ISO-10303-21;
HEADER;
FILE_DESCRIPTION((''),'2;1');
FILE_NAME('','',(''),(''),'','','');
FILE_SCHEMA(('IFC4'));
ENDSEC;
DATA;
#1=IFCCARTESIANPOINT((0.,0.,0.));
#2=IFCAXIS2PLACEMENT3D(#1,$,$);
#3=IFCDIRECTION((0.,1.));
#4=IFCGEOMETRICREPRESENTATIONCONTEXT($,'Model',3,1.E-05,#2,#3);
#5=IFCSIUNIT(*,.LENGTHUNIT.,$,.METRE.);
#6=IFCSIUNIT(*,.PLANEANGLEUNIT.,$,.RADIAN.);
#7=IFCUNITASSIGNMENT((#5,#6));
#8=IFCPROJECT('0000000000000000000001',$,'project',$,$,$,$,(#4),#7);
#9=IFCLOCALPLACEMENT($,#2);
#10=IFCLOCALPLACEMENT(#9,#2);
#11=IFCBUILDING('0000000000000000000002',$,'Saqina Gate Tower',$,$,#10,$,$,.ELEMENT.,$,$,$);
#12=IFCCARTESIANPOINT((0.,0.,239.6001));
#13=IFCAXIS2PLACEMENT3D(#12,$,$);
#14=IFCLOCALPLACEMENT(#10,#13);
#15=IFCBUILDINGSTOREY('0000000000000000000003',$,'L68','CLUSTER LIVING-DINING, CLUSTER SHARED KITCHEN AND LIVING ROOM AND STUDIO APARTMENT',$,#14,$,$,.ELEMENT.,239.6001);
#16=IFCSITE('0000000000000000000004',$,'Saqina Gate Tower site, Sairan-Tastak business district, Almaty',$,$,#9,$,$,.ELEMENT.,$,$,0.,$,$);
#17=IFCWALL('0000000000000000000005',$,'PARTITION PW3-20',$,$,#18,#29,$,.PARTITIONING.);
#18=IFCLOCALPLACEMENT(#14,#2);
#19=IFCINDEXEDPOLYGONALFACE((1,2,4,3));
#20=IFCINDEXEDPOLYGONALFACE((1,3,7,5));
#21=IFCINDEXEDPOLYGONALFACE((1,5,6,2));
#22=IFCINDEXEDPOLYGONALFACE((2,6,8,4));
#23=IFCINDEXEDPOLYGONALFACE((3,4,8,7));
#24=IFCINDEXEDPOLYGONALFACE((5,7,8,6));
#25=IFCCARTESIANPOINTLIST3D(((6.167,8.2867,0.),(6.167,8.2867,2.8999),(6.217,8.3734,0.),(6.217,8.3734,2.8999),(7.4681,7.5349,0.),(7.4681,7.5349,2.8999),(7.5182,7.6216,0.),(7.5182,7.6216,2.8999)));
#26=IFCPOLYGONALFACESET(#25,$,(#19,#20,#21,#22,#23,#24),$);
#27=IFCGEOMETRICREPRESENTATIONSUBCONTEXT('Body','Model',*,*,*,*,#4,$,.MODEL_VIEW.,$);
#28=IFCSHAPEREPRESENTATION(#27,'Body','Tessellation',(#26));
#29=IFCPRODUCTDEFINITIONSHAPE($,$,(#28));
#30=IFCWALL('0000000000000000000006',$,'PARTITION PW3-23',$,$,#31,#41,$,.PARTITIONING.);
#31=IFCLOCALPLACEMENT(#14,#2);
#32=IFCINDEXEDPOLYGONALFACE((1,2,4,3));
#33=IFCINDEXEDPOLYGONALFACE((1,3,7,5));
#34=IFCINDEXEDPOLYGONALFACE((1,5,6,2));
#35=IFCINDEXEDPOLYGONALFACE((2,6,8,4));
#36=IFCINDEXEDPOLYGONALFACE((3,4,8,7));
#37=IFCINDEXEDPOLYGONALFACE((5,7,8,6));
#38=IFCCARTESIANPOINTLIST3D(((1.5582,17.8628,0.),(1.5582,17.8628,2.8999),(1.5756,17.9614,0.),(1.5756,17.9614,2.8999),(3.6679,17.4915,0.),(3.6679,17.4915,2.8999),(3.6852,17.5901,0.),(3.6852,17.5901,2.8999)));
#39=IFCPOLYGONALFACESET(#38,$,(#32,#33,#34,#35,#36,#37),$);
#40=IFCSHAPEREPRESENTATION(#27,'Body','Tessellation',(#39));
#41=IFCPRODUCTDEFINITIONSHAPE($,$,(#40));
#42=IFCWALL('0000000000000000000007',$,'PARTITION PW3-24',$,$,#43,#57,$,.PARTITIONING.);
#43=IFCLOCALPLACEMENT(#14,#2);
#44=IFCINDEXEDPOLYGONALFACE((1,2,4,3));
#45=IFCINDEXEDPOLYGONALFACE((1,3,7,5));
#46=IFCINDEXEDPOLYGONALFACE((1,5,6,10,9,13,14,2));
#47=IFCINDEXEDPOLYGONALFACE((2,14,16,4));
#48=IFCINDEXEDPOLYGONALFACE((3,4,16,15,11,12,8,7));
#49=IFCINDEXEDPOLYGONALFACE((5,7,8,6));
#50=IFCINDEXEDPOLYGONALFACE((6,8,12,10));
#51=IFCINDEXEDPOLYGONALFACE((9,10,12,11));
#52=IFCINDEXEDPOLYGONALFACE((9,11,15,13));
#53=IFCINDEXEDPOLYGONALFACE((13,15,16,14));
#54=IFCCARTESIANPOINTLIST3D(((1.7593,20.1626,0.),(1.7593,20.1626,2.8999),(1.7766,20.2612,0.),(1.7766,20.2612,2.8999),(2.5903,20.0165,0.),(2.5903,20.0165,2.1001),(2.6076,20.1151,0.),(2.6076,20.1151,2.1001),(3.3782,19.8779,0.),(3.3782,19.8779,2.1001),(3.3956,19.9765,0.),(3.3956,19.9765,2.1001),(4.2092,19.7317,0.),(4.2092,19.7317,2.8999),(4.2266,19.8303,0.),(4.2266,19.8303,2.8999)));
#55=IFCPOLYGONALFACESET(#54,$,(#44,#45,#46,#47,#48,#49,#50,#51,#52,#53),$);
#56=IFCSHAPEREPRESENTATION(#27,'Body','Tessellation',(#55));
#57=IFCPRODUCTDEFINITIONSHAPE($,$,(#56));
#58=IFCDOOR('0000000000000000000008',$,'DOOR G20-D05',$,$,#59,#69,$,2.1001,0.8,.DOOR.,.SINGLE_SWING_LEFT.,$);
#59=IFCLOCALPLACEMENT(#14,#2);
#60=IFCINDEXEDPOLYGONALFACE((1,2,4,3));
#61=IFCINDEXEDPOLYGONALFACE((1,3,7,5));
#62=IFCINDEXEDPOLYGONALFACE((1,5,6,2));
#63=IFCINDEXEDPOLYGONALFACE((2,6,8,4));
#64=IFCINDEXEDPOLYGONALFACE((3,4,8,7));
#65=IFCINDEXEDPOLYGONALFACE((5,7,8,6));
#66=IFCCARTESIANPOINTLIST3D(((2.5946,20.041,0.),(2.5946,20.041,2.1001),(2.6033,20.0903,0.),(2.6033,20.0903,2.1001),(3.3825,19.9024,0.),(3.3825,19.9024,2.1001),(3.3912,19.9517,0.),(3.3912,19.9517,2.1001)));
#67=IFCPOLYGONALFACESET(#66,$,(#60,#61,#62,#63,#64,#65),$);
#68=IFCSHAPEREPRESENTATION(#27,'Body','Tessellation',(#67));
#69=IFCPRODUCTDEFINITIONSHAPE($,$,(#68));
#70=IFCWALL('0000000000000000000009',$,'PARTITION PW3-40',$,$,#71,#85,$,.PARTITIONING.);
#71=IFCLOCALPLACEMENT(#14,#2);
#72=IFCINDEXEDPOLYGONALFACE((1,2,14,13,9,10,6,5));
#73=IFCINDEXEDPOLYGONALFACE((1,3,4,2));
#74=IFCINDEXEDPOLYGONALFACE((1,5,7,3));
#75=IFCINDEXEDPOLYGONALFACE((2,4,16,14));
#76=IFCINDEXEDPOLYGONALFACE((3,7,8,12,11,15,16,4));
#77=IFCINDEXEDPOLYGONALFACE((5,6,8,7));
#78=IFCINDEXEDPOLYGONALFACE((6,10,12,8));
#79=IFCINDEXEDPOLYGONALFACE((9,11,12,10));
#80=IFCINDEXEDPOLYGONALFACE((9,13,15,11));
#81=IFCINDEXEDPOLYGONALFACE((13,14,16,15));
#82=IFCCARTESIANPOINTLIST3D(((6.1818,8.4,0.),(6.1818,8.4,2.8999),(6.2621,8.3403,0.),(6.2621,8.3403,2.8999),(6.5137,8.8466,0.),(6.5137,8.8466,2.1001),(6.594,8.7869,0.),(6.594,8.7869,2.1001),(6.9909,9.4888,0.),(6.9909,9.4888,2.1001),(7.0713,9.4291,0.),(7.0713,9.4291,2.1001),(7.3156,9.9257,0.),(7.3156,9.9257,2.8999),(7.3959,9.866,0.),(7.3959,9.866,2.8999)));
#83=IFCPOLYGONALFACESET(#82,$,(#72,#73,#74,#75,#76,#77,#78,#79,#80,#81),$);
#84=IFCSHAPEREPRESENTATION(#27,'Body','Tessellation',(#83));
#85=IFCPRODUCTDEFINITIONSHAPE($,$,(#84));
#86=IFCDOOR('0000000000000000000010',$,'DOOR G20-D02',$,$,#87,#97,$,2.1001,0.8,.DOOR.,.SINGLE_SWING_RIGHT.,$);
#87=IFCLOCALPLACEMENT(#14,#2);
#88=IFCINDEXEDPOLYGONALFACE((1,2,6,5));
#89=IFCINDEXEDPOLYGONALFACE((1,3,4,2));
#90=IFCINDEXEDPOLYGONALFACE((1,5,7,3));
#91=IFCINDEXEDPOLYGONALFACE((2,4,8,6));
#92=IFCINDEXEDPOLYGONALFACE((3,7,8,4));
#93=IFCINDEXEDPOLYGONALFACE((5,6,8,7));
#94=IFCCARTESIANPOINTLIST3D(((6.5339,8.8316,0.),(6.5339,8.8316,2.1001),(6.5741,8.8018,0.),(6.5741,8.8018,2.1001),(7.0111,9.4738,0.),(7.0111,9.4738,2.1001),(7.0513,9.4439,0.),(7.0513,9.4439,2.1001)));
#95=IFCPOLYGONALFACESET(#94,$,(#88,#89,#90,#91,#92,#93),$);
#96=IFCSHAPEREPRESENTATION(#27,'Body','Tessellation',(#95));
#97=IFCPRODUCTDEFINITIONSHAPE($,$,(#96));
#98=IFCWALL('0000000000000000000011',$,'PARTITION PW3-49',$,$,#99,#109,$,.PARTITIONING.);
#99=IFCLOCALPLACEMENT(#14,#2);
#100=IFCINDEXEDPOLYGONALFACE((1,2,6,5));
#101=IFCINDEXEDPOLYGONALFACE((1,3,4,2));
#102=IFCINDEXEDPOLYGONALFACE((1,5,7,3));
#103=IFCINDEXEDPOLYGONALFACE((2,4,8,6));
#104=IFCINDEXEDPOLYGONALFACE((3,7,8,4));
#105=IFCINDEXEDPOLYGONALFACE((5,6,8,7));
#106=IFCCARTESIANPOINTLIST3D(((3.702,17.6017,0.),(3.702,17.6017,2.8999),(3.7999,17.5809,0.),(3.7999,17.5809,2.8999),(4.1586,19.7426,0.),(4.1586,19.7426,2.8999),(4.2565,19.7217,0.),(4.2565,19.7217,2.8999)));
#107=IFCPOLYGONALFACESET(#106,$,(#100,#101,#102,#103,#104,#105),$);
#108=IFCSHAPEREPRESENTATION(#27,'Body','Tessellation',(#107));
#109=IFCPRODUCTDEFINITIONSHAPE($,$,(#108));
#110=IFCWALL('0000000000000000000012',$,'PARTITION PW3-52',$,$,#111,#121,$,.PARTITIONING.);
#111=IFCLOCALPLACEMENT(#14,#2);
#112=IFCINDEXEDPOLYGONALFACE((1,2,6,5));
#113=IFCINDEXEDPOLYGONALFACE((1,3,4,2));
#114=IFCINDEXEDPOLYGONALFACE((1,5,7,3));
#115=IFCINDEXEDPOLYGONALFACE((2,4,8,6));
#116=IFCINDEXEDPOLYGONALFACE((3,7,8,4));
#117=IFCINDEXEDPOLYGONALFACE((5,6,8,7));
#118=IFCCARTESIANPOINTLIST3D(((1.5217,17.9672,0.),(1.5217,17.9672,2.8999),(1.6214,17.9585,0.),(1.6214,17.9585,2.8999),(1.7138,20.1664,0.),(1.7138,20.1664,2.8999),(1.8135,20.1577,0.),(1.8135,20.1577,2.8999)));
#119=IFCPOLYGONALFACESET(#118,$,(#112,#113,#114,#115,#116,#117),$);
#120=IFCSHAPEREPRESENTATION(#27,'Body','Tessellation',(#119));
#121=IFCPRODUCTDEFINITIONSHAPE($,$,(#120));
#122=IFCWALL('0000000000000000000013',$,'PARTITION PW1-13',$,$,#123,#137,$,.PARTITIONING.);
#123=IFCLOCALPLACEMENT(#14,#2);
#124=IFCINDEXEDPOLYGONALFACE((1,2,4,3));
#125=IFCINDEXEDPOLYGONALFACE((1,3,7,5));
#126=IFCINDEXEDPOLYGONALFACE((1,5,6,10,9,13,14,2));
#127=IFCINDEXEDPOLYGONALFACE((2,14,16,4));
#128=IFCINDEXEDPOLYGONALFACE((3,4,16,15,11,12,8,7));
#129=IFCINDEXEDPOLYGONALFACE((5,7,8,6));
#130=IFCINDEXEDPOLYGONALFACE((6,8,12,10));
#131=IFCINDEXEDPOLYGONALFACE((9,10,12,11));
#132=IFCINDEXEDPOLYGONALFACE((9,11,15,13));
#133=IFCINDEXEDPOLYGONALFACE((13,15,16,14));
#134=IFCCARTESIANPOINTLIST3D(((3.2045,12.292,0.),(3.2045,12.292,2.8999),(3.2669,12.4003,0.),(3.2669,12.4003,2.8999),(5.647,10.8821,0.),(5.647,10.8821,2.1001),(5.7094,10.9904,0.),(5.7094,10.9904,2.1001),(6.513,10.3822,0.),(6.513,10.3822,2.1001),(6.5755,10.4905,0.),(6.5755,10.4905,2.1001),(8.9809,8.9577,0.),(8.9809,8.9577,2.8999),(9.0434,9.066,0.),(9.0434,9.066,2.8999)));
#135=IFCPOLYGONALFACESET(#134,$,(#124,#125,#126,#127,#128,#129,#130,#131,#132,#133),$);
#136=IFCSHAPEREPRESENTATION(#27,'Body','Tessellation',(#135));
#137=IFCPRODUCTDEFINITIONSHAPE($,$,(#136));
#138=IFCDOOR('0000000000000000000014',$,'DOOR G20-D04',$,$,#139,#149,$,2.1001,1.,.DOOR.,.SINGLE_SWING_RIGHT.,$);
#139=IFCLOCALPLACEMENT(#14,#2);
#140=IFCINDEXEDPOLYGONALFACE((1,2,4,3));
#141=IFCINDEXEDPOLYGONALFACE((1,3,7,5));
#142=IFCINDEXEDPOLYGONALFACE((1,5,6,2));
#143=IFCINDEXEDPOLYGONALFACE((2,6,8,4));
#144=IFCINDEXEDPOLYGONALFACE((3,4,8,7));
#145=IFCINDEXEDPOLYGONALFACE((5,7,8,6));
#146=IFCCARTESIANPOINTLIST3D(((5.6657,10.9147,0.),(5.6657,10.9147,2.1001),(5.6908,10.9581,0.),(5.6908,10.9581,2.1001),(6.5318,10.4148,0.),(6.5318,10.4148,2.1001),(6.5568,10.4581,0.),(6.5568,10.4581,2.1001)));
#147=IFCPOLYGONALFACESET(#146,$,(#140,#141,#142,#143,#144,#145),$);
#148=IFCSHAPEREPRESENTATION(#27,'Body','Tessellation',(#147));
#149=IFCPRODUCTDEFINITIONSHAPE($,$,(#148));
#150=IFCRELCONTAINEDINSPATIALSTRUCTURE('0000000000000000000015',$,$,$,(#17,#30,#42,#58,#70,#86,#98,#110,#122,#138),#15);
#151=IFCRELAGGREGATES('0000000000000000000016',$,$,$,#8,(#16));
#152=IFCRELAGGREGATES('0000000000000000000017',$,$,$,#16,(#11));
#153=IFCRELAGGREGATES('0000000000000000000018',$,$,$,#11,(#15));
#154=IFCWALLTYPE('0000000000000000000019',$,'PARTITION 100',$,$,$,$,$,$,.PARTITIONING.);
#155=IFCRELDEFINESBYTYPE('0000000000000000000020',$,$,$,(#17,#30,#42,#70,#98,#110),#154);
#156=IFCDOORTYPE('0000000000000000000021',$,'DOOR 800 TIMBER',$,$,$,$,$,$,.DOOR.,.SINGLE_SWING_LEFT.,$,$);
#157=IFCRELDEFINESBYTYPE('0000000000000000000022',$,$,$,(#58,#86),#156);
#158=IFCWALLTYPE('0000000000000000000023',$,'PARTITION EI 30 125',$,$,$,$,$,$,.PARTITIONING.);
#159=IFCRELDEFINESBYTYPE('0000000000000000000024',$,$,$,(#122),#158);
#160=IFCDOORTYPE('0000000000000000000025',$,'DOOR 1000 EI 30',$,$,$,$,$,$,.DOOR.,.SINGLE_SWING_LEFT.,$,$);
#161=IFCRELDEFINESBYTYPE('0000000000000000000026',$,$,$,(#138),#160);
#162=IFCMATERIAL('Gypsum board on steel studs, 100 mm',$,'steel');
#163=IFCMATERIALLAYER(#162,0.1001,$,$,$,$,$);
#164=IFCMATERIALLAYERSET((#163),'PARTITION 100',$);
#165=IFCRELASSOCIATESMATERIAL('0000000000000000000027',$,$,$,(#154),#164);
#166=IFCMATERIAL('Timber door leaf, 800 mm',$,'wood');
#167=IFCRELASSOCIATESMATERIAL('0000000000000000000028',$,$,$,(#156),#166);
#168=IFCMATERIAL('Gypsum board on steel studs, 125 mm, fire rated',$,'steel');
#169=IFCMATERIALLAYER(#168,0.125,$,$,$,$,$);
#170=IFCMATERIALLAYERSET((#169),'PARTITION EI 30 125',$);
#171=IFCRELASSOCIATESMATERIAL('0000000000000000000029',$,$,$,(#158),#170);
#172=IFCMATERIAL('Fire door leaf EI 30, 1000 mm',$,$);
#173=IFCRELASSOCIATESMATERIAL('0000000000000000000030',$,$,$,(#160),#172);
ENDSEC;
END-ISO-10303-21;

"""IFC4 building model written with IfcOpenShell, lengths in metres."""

from ifc_helpers import new_model, si_unit, direction, frame, frame_2d, origin, place, context, subcontext, project, spatial, rectangle, extrude, material, layer, layer_set, type_object, element, fill, save


model = new_model("IFC4")

# Units and contexts
model_context = context("Model", 3, precision=1e-05, world=origin(), true_north=direction((0.0, 1.0)))
body_context = subcontext(model_context, "Body", "Model", "MODEL_VIEW")
ifc_project = project(units=[si_unit("LENGTHUNIT", "METRE"), si_unit("PLANEANGLEUNIT", "RADIAN")], contexts=[model_context])

# Site, building, storey
site_placement = place(None, origin())
site = spatial("IfcSite", under=ifc_project, at=site_placement, Name="Saqina Gate Tower site, Sairan-Tastak business district, Almaty", CompositionType="ELEMENT", RefElevation=0.0)
building_placement = place(site_placement, origin())
building = spatial("IfcBuilding", under=site, at=building_placement, Name="Saqina Gate Tower", CompositionType="ELEMENT")
storey_placement = place(building_placement, frame((0.0, 0.0, 239.6001)))
storey = spatial("IfcBuildingStorey", under=building, at=storey_placement, Name="L68", Description="CLUSTER LIVING-DINING, CLUSTER SHARED KITCHEN AND LIVING ROOM AND STUDIO APARTMENT", CompositionType="ELEMENT", Elevation=239.6001)

# Walls
ifc_material_1 = material(Name="Gypsum board on steel studs, 100 mm", Category="steel")
ifc_layer_1 = layer(ifc_material_1, 0.1001)
ifc_layer_set_1 = layer_set([ifc_layer_1], Name="PARTITION 100")
wall_type_1 = type_object("IfcWallType", Name="PARTITION 100", PredefinedType="PARTITIONING", material=ifc_layer_set_1)
wall_1_placement = place(storey_placement, frame((6.1919, 8.3301, 0.0), z_axis=(0.0, 0.0, 1.0), x_axis=(0.865864, -0.50028, 0.0)))
element("IfcWall", 1, at=wall_1_placement, inside=storey, type_object=wall_type_1, Name="PARTITION PW3-20", PredefinedType="PARTITIONING", context=body_context, shape_type="SweptSolid", body=[
    extrude(rectangle(XDim=1.5027, YDim=0.1001, at=frame_2d((0.7515, 0.0))), origin(), (0.0, 0.0, 1.0), 2.8999),
])
wall_2_placement = place(storey_placement, frame((1.5669, 17.9121, 0.0), z_axis=(0.0, 0.0, 1.0), x_axis=(0.984859, -0.173356, 0.0)))
element("IfcWall", 2, at=wall_2_placement, inside=storey, type_object=wall_type_1, Name="PARTITION PW3-23", PredefinedType="PARTITIONING", context=body_context, shape_type="SweptSolid", body=[
    extrude(rectangle(XDim=2.1421, YDim=0.1001, at=frame_2d((1.071, 0.0))), origin(), (0.0, 0.0, 1.0), 2.8999),
])

# Walls, openings, doors
wall_3_placement = place(storey_placement, frame((1.7681, 20.2119, 0.0), z_axis=(0.0, 0.0, 1.0), x_axis=(0.984882, -0.173225, 0.0)))
wall_3 = element("IfcWall", 3, at=wall_3_placement, inside=storey, type_object=wall_type_1, Name="PARTITION PW3-24", PredefinedType="PARTITIONING", context=body_context, shape_type="SweptSolid", body=[
    extrude(rectangle(XDim=2.4875, YDim=0.1001, at=frame_2d((1.2437, 0.0))), origin(), (0.0, 0.0, 1.0), 2.8999),
])
opening_1_placement = place(wall_3_placement, frame((0.8438, 0.0, 0.0)))
opening_1 = element("IfcOpeningElement", 4, at=opening_1_placement, cuts=wall_3, PredefinedType="OPENING", context=body_context, shape_type="SweptSolid", body=[
    extrude(rectangle(XDim=0.8, YDim=2.1001, at=frame_2d((0.3999, 1.05))), frame((0.0, 0.062, 0.0), z_axis=(0.0, -1.0, 0.0), x_axis=(1.0, 0.0, 0.0)), (0.0, 0.0, 1.0), 0.124),
])
ifc_material_2 = material(Name="Timber door leaf, 800 mm", Category="wood")
door_type_1 = type_object("IfcDoorType", Name="DOOR 800 TIMBER", OperationType="SINGLE_SWING_LEFT", PredefinedType="DOOR", material=ifc_material_2)
door_1_placement = place(opening_1_placement, origin())
door_1 = element("IfcDoor", 5, at=door_1_placement, inside=storey, type_object=door_type_1, Name="DOOR G20-D05", OperationType="SINGLE_SWING_LEFT", OverallHeight=2.1001, OverallWidth=0.8, PredefinedType="DOOR", context=body_context, shape_type="SweptSolid", body=[
    extrude(rectangle(XDim=0.8, YDim=2.1001, at=frame_2d((0.3999, 1.05))), frame((0.0, 0.0249, 0.0), z_axis=(0.0, -1.0, 0.0), x_axis=(1.0, 0.0, 0.0)), (0.0, 0.0, 1.0), 0.05),
])
fill(opening_1, door_1)
wall_4_placement = place(storey_placement, frame((6.2219, 8.3701, 0.0), z_axis=(0.0, 0.0, 1.0), x_axis=(0.59648, 0.802628, 0.0)))
wall_4 = element("IfcWall", 6, at=wall_4_placement, inside=storey, type_object=wall_type_1, Name="PARTITION PW3-40", PredefinedType="PARTITIONING", context=body_context, shape_type="SweptSolid", body=[
    extrude(rectangle(XDim=1.9009, YDim=0.1001, at=frame_2d((0.9504, 0.0))), origin(), (0.0, 0.0, 1.0), 2.8999),
])
opening_2_placement = place(wall_4_placement, frame((0.5566, 0.0, 0.0)))
opening_2 = element("IfcOpeningElement", 7, at=opening_2_placement, cuts=wall_4, PredefinedType="OPENING", context=body_context, shape_type="SweptSolid", body=[
    extrude(rectangle(XDim=0.8, YDim=2.1001, at=frame_2d((0.3999, 1.05))), frame((0.0, 0.062, 0.0), z_axis=(0.0, -1.0, 0.0), x_axis=(1.0, 0.0, 0.0)), (0.0, 0.0, 1.0), 0.124),
])
door_2_placement = place(opening_2_placement, origin())
door_2 = element("IfcDoor", 8, at=door_2_placement, inside=storey, type_object=door_type_1, Name="DOOR G20-D02", OperationType="SINGLE_SWING_RIGHT", OverallHeight=2.1001, OverallWidth=0.8, PredefinedType="DOOR", context=body_context, shape_type="SweptSolid", body=[
    extrude(rectangle(XDim=0.8, YDim=2.1001, at=frame_2d((0.3999, 1.05))), frame((0.0, 0.0249, 0.0), z_axis=(0.0, -1.0, 0.0), x_axis=(1.0, 0.0, 0.0)), (0.0, 0.0, 1.0), 0.05),
])
fill(opening_2, door_2)

# Walls
wall_5_placement = place(storey_placement, frame((3.751, 17.5913, 0.0), z_axis=(0.0, 0.0, 1.0), x_axis=(0.208562, 0.978009, 0.0)))
element("IfcWall", 9, at=wall_5_placement, inside=storey, type_object=wall_type_1, Name="PARTITION PW3-49", PredefinedType="PARTITIONING", context=body_context, shape_type="SweptSolid", body=[
    extrude(rectangle(XDim=2.189, YDim=0.1001, at=frame_2d((1.0945, 0.0))), origin(), (0.0, 0.0, 1.0), 2.8999),
])
wall_6_placement = place(storey_placement, frame((1.5715, 17.9629, 0.0), z_axis=(0.0, 0.0, 1.0), x_axis=(0.087035, 0.996205, 0.0)))
element("IfcWall", 10, at=wall_6_placement, inside=storey, type_object=wall_type_1, Name="PARTITION PW3-52", PredefinedType="PARTITIONING", context=body_context, shape_type="SweptSolid", body=[
    extrude(rectangle(XDim=2.2075, YDim=0.1001, at=frame_2d((1.1038, 0.0))), origin(), (0.0, 0.0, 1.0), 2.8999),
])

# Wall, opening, door
ifc_material_3 = material(Name="Gypsum board on steel studs, 125 mm, fire rated", Category="steel")
ifc_layer_2 = layer(ifc_material_3, 0.125)
ifc_layer_set_2 = layer_set([ifc_layer_2], Name="PARTITION EI 30 125")
wall_type_2 = type_object("IfcWallType", Name="PARTITION EI 30 125", PredefinedType="PARTITIONING", material=ifc_layer_set_2)
wall_7_placement = place(storey_placement, frame((3.2356, 12.3462, 0.0), z_axis=(0.0, 0.0, 1.0), x_axis=(0.866075, -0.499915, 0.0)))
wall_7 = element("IfcWall", 11, at=wall_7_placement, inside=storey, type_object=wall_type_2, Name="PARTITION PW1-13", PredefinedType="PARTITIONING", context=body_context, shape_type="SweptSolid", body=[
    extrude(rectangle(XDim=6.6697, YDim=0.125, at=frame_2d((3.335, 0.0))), origin(), (0.0, 0.0, 1.0), 2.8999),
])
opening_3_placement = place(wall_7_placement, frame((2.8203, 0.0, 0.0)))
opening_3 = element("IfcOpeningElement", 12, at=opening_3_placement, cuts=wall_7, PredefinedType="OPENING", context=body_context, shape_type="SweptSolid", body=[
    extrude(rectangle(XDim=1.0, YDim=2.1001, at=frame_2d((0.5, 1.05))), frame((0.0, 0.0745, 0.0), z_axis=(0.0, -1.0, 0.0), x_axis=(1.0, 0.0, 0.0)), (0.0, 0.0, 1.0), 0.1489),
])
ifc_material_4 = material(Name="Fire door leaf EI 30, 1000 mm")
door_type_2 = type_object("IfcDoorType", Name="DOOR 1000 EI 30", OperationType="SINGLE_SWING_LEFT", PredefinedType="DOOR", material=ifc_material_4)
door_3_placement = place(opening_3_placement, frame((1.0, 0.0, 0.0), z_axis=(0.0, 0.0, 1.0), x_axis=(-1.0, 0.0, 0.0)))
door_3 = element("IfcDoor", 13, at=door_3_placement, inside=storey, type_object=door_type_2, Name="DOOR G20-D04", OperationType="SINGLE_SWING_RIGHT", OverallHeight=2.1001, OverallWidth=1.0, PredefinedType="DOOR", context=body_context, shape_type="SweptSolid", body=[
    extrude(rectangle(XDim=1.0, YDim=2.1001, at=frame_2d((0.5, 1.05))), frame((0.0, 0.0249, 0.0), z_axis=(0.0, -1.0, 0.0), x_axis=(1.0, 0.0, 0.0)), (0.0, 0.0, 1.0), 0.05),
])
fill(opening_3, door_3)

save(model, "model.ifc")
